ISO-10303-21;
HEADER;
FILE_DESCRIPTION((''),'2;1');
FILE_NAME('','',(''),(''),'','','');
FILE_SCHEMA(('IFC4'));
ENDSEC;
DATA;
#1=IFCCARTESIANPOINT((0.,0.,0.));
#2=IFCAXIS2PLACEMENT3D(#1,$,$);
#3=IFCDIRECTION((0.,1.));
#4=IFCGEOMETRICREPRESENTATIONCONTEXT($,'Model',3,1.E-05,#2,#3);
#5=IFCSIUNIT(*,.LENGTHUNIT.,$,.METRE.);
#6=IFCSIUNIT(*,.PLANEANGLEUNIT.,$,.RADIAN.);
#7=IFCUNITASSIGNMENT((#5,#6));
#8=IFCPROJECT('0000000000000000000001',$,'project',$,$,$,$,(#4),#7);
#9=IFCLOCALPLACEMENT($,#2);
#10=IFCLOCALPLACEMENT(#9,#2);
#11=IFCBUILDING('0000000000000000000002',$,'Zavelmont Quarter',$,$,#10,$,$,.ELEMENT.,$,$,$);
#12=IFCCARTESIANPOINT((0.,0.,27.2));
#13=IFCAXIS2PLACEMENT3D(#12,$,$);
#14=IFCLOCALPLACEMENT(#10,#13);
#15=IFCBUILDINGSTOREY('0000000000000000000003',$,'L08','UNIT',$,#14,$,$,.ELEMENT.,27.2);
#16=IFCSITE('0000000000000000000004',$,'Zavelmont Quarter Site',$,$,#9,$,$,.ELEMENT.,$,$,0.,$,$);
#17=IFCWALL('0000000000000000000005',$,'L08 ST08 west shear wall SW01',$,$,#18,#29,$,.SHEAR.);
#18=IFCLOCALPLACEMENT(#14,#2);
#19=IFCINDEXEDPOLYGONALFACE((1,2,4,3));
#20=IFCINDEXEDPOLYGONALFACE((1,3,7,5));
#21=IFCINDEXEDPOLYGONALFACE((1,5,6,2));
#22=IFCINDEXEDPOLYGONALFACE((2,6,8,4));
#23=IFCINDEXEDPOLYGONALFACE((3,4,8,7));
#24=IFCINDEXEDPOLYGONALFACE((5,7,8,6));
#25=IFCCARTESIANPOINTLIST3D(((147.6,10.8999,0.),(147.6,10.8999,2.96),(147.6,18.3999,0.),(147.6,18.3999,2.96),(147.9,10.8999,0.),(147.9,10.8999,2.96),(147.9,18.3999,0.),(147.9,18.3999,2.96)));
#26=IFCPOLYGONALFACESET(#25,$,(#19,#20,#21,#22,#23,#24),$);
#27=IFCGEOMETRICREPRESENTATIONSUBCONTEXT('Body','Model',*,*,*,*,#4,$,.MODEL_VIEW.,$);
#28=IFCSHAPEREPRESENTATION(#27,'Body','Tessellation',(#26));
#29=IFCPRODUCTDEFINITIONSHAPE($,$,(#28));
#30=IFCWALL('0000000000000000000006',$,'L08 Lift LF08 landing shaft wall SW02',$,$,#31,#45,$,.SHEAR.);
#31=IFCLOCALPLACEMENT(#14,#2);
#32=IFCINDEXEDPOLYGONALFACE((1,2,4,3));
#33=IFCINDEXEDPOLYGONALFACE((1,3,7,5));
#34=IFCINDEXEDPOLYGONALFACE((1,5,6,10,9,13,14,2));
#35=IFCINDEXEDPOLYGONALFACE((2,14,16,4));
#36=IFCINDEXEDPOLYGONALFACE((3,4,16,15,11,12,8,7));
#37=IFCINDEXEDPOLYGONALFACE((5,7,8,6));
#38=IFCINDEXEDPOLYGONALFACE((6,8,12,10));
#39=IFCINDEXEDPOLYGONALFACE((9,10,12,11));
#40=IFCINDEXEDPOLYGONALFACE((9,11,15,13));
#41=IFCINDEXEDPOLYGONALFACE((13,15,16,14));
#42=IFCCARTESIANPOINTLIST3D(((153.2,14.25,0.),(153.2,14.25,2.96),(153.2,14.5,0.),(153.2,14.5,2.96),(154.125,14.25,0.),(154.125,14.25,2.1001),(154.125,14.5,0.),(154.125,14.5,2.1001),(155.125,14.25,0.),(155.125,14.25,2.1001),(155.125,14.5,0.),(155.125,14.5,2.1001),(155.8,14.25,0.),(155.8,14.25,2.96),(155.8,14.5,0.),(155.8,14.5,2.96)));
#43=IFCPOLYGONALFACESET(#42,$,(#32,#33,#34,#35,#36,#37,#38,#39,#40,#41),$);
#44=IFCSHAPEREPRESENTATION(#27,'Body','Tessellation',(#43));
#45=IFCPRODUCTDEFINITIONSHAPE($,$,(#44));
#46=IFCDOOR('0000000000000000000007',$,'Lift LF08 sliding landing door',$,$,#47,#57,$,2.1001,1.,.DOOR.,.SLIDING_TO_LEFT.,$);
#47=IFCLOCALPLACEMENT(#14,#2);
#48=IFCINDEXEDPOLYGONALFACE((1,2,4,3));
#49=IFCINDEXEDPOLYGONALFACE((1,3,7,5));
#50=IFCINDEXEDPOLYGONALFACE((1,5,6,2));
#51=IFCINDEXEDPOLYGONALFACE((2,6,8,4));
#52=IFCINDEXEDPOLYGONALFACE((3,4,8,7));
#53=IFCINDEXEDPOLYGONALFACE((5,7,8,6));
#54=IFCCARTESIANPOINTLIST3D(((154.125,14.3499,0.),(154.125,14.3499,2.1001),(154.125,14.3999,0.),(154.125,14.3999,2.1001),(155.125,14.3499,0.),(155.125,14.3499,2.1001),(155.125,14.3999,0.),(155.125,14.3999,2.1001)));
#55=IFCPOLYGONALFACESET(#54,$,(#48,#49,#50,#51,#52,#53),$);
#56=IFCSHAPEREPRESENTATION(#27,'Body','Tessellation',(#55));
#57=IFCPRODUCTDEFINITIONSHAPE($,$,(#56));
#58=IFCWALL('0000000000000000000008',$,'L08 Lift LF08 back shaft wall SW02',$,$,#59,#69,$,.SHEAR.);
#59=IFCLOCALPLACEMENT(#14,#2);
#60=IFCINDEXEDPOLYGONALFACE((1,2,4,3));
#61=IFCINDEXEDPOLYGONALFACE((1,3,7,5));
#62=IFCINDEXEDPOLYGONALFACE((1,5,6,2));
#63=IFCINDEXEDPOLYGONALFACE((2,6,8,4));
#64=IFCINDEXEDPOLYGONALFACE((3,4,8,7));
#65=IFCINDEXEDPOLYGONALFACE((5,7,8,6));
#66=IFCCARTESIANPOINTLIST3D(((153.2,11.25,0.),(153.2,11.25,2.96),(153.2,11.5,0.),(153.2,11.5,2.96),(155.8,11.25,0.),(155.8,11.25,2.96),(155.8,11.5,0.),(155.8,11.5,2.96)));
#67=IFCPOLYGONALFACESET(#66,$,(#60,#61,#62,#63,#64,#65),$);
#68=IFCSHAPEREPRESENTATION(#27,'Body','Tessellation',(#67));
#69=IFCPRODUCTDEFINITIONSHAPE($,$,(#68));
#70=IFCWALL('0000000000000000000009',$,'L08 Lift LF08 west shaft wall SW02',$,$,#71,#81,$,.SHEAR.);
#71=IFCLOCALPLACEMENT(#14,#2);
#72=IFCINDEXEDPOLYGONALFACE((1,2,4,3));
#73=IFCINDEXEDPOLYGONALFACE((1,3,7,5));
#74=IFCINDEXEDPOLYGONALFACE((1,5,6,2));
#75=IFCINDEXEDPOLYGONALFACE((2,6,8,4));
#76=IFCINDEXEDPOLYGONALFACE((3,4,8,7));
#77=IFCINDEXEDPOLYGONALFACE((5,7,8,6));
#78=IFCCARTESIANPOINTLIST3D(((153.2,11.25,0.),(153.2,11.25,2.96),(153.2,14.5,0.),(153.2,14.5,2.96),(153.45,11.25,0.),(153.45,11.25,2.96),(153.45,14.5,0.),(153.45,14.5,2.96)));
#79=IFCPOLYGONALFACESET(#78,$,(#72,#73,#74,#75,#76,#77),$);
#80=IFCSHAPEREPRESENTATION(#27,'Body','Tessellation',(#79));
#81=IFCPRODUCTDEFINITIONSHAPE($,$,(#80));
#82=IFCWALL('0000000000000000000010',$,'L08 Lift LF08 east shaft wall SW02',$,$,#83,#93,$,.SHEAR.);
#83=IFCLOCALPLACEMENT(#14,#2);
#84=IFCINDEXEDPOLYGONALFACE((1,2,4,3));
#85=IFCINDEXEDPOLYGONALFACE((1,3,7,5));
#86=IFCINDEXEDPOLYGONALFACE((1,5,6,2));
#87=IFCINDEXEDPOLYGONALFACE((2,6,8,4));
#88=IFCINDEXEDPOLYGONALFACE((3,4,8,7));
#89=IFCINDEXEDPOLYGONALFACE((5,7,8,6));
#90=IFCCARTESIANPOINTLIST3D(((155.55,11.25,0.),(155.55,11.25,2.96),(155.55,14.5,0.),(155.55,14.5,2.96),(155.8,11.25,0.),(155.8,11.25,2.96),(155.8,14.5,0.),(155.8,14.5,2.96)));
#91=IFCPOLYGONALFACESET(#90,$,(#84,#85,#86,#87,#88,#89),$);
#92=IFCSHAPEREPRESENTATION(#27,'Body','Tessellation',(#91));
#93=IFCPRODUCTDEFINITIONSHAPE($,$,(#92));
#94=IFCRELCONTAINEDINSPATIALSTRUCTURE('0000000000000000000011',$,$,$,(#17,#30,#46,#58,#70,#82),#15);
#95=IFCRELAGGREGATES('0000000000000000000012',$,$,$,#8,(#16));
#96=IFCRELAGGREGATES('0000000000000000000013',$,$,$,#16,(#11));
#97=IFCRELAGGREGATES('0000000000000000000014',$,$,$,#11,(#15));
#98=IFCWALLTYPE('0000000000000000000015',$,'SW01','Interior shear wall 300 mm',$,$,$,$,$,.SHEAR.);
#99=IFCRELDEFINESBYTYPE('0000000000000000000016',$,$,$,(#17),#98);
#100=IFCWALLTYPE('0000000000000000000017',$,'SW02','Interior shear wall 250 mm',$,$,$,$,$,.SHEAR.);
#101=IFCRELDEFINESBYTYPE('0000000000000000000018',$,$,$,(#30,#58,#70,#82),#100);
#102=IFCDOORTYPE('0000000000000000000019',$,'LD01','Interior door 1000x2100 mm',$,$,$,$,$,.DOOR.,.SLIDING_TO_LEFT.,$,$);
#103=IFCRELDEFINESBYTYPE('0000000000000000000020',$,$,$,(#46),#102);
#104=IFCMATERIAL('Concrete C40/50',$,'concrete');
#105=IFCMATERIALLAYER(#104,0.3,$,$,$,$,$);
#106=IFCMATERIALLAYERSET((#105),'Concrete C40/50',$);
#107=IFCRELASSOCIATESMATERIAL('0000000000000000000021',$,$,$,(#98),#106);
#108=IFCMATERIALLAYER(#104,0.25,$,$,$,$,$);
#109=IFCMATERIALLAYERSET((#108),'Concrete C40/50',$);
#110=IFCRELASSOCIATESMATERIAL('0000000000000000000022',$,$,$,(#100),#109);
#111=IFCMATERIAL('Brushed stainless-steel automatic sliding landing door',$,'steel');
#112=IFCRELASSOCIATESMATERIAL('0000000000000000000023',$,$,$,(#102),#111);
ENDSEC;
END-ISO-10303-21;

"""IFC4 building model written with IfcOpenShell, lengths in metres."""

from ifc_helpers import new_model, si_unit, direction, frame, frame_2d, origin, origin_with_axes, place, context, subcontext, project, spatial, rectangle, extrude, material, layer, layer_set, type_object, element, fill, save


model = new_model("IFC4")

# Units and contexts
model_context = context("Model", 3, precision=1e-05, world=origin(), true_north=direction((0.0, 1.0)))
body_context = subcontext(model_context, "Body", "Model", "MODEL_VIEW")
ifc_project = project(units=[si_unit("LENGTHUNIT", "METRE"), si_unit("PLANEANGLEUNIT", "RADIAN")], contexts=[model_context])

# Site, building, storey
site_placement = place(None, origin())
site = spatial("IfcSite", under=ifc_project, at=site_placement, Name="Zavelmont Quarter Site", CompositionType="ELEMENT", RefElevation=0.0)
building_placement = place(site_placement, origin())
building = spatial("IfcBuilding", under=site, at=building_placement, Name="Zavelmont Quarter", CompositionType="ELEMENT")
storey_placement = place(building_placement, frame((0.0, 0.0, 27.2)))
storey = spatial("IfcBuildingStorey", under=building, at=storey_placement, Name="L08", Description="UNIT", CompositionType="ELEMENT", Elevation=27.2)

# Wall
ifc_material_1 = material(Name="Concrete C40/50", Category="concrete")
ifc_layer_1 = layer(ifc_material_1, 0.3)
ifc_layer_set_1 = layer_set([ifc_layer_1], Name="Concrete C40/50")
wall_type_1 = type_object("IfcWallType", Name="SW01", Description="Interior shear wall 300 mm", PredefinedType="SHEAR", material=ifc_layer_set_1)
wall_1_placement = place(storey_placement, frame((147.75, 10.8999, 0.0), z_axis=(0.0, 0.0, 1.0), x_axis=(0.0, 1.0, 0.0)))
element("IfcWall", 1, at=wall_1_placement, inside=storey, type_object=wall_type_1, Name="L08 ST08 west shear wall SW01", PredefinedType="SHEAR", context=body_context, shape_type="SweptSolid", body=[
    extrude(rectangle(XDim=7.5, YDim=0.3, at=frame_2d((3.75, 0.0))), origin(), (0.0, 0.0, 1.0), 2.96),
])

# Wall, opening, door
ifc_layer_2 = layer(ifc_material_1, 0.25)
ifc_layer_set_2 = layer_set([ifc_layer_2], Name="Concrete C40/50")
wall_type_2 = type_object("IfcWallType", Name="SW02", Description="Interior shear wall 250 mm", PredefinedType="SHEAR", material=ifc_layer_set_2)
wall_2_placement = place(storey_placement, frame((153.2, 14.375, 0.0), z_axis=(0.0, 0.0, 1.0), x_axis=(1.0, 0.0, 0.0)))
wall_2 = element("IfcWall", 2, at=wall_2_placement, inside=storey, type_object=wall_type_2, Name="L08 Lift LF08 landing shaft wall SW02", PredefinedType="SHEAR", context=body_context, shape_type="SweptSolid", body=[
    extrude(rectangle(XDim=2.6001, YDim=0.25, at=frame_2d((1.3, 0.0))), origin(), (0.0, 0.0, 1.0), 2.96),
])
opening_1_placement = place(wall_2_placement, frame((0.925, 0.0, 0.0)))
opening_1 = element("IfcOpeningElement", 3, at=opening_1_placement, cuts=wall_2, PredefinedType="OPENING", context=body_context, shape_type="SweptSolid", body=[
    extrude(rectangle(XDim=1.0, YDim=2.1001, at=frame_2d((0.5, 1.05))), frame((0.0, 0.137, 0.0), z_axis=(0.0, -1.0, 0.0), x_axis=(1.0, 0.0, 0.0)), (0.0, 0.0, 1.0), 0.2739),
])
ifc_material_2 = material(Name="Brushed stainless-steel automatic sliding landing door", Category="steel")
door_type_1 = type_object("IfcDoorType", Name="LD01", Description="Interior door 1000x2100 mm", OperationType="SLIDING_TO_LEFT", PredefinedType="DOOR", material=ifc_material_2)
door_1_placement = place(opening_1_placement, origin_with_axes())
door_1 = element("IfcDoor", 4, at=door_1_placement, inside=storey, type_object=door_type_1, Name="Lift LF08 sliding landing door", OperationType="SLIDING_TO_LEFT", OverallHeight=2.1001, OverallWidth=1.0, PredefinedType="DOOR", context=body_context, shape_type="SweptSolid", body=[
    extrude(rectangle(XDim=1.0, YDim=2.1001, at=frame_2d((0.5, 1.05))), frame((0.0, 0.0249, 0.0), z_axis=(0.0, -1.0, 0.0), x_axis=(1.0, 0.0, 0.0)), (0.0, 0.0, 1.0), 0.05),
])
fill(opening_1, door_1)

# Walls
wall_3_placement = place(storey_placement, frame((153.2, 11.375, 0.0), z_axis=(0.0, 0.0, 1.0), x_axis=(1.0, 0.0, 0.0)))
element("IfcWall", 5, at=wall_3_placement, inside=storey, type_object=wall_type_2, Name="L08 Lift LF08 back shaft wall SW02", PredefinedType="SHEAR", context=body_context, shape_type="SweptSolid", body=[
    extrude(rectangle(XDim=2.6001, YDim=0.25, at=frame_2d((1.3, 0.0))), origin(), (0.0, 0.0, 1.0), 2.96),
])
for number, where, z_axis, x_axis, name in (
    (6, (153.325, 11.25, 0.0), (0.0, 0.0, 1.0), (0.0, 1.0, 0.0), "L08 Lift LF08 west shaft wall SW02"),
    (7, (155.675, 11.25, 0.0), (0.0, 0.0, 1.0), (0.0, 1.0, 0.0), "L08 Lift LF08 east shaft wall SW02"),
):
    element("IfcWall", number, at=place(storey_placement, frame(where, z_axis=z_axis, x_axis=x_axis)), inside=storey, type_object=wall_type_2, Name=name, PredefinedType="SHEAR", context=body_context, shape_type="SweptSolid", body=[
        extrude(rectangle(XDim=3.25, YDim=0.25, at=frame_2d((1.625, 0.0))), origin(), (0.0, 0.0, 1.0), 2.96),
    ])

save(model, "model.ifc")
